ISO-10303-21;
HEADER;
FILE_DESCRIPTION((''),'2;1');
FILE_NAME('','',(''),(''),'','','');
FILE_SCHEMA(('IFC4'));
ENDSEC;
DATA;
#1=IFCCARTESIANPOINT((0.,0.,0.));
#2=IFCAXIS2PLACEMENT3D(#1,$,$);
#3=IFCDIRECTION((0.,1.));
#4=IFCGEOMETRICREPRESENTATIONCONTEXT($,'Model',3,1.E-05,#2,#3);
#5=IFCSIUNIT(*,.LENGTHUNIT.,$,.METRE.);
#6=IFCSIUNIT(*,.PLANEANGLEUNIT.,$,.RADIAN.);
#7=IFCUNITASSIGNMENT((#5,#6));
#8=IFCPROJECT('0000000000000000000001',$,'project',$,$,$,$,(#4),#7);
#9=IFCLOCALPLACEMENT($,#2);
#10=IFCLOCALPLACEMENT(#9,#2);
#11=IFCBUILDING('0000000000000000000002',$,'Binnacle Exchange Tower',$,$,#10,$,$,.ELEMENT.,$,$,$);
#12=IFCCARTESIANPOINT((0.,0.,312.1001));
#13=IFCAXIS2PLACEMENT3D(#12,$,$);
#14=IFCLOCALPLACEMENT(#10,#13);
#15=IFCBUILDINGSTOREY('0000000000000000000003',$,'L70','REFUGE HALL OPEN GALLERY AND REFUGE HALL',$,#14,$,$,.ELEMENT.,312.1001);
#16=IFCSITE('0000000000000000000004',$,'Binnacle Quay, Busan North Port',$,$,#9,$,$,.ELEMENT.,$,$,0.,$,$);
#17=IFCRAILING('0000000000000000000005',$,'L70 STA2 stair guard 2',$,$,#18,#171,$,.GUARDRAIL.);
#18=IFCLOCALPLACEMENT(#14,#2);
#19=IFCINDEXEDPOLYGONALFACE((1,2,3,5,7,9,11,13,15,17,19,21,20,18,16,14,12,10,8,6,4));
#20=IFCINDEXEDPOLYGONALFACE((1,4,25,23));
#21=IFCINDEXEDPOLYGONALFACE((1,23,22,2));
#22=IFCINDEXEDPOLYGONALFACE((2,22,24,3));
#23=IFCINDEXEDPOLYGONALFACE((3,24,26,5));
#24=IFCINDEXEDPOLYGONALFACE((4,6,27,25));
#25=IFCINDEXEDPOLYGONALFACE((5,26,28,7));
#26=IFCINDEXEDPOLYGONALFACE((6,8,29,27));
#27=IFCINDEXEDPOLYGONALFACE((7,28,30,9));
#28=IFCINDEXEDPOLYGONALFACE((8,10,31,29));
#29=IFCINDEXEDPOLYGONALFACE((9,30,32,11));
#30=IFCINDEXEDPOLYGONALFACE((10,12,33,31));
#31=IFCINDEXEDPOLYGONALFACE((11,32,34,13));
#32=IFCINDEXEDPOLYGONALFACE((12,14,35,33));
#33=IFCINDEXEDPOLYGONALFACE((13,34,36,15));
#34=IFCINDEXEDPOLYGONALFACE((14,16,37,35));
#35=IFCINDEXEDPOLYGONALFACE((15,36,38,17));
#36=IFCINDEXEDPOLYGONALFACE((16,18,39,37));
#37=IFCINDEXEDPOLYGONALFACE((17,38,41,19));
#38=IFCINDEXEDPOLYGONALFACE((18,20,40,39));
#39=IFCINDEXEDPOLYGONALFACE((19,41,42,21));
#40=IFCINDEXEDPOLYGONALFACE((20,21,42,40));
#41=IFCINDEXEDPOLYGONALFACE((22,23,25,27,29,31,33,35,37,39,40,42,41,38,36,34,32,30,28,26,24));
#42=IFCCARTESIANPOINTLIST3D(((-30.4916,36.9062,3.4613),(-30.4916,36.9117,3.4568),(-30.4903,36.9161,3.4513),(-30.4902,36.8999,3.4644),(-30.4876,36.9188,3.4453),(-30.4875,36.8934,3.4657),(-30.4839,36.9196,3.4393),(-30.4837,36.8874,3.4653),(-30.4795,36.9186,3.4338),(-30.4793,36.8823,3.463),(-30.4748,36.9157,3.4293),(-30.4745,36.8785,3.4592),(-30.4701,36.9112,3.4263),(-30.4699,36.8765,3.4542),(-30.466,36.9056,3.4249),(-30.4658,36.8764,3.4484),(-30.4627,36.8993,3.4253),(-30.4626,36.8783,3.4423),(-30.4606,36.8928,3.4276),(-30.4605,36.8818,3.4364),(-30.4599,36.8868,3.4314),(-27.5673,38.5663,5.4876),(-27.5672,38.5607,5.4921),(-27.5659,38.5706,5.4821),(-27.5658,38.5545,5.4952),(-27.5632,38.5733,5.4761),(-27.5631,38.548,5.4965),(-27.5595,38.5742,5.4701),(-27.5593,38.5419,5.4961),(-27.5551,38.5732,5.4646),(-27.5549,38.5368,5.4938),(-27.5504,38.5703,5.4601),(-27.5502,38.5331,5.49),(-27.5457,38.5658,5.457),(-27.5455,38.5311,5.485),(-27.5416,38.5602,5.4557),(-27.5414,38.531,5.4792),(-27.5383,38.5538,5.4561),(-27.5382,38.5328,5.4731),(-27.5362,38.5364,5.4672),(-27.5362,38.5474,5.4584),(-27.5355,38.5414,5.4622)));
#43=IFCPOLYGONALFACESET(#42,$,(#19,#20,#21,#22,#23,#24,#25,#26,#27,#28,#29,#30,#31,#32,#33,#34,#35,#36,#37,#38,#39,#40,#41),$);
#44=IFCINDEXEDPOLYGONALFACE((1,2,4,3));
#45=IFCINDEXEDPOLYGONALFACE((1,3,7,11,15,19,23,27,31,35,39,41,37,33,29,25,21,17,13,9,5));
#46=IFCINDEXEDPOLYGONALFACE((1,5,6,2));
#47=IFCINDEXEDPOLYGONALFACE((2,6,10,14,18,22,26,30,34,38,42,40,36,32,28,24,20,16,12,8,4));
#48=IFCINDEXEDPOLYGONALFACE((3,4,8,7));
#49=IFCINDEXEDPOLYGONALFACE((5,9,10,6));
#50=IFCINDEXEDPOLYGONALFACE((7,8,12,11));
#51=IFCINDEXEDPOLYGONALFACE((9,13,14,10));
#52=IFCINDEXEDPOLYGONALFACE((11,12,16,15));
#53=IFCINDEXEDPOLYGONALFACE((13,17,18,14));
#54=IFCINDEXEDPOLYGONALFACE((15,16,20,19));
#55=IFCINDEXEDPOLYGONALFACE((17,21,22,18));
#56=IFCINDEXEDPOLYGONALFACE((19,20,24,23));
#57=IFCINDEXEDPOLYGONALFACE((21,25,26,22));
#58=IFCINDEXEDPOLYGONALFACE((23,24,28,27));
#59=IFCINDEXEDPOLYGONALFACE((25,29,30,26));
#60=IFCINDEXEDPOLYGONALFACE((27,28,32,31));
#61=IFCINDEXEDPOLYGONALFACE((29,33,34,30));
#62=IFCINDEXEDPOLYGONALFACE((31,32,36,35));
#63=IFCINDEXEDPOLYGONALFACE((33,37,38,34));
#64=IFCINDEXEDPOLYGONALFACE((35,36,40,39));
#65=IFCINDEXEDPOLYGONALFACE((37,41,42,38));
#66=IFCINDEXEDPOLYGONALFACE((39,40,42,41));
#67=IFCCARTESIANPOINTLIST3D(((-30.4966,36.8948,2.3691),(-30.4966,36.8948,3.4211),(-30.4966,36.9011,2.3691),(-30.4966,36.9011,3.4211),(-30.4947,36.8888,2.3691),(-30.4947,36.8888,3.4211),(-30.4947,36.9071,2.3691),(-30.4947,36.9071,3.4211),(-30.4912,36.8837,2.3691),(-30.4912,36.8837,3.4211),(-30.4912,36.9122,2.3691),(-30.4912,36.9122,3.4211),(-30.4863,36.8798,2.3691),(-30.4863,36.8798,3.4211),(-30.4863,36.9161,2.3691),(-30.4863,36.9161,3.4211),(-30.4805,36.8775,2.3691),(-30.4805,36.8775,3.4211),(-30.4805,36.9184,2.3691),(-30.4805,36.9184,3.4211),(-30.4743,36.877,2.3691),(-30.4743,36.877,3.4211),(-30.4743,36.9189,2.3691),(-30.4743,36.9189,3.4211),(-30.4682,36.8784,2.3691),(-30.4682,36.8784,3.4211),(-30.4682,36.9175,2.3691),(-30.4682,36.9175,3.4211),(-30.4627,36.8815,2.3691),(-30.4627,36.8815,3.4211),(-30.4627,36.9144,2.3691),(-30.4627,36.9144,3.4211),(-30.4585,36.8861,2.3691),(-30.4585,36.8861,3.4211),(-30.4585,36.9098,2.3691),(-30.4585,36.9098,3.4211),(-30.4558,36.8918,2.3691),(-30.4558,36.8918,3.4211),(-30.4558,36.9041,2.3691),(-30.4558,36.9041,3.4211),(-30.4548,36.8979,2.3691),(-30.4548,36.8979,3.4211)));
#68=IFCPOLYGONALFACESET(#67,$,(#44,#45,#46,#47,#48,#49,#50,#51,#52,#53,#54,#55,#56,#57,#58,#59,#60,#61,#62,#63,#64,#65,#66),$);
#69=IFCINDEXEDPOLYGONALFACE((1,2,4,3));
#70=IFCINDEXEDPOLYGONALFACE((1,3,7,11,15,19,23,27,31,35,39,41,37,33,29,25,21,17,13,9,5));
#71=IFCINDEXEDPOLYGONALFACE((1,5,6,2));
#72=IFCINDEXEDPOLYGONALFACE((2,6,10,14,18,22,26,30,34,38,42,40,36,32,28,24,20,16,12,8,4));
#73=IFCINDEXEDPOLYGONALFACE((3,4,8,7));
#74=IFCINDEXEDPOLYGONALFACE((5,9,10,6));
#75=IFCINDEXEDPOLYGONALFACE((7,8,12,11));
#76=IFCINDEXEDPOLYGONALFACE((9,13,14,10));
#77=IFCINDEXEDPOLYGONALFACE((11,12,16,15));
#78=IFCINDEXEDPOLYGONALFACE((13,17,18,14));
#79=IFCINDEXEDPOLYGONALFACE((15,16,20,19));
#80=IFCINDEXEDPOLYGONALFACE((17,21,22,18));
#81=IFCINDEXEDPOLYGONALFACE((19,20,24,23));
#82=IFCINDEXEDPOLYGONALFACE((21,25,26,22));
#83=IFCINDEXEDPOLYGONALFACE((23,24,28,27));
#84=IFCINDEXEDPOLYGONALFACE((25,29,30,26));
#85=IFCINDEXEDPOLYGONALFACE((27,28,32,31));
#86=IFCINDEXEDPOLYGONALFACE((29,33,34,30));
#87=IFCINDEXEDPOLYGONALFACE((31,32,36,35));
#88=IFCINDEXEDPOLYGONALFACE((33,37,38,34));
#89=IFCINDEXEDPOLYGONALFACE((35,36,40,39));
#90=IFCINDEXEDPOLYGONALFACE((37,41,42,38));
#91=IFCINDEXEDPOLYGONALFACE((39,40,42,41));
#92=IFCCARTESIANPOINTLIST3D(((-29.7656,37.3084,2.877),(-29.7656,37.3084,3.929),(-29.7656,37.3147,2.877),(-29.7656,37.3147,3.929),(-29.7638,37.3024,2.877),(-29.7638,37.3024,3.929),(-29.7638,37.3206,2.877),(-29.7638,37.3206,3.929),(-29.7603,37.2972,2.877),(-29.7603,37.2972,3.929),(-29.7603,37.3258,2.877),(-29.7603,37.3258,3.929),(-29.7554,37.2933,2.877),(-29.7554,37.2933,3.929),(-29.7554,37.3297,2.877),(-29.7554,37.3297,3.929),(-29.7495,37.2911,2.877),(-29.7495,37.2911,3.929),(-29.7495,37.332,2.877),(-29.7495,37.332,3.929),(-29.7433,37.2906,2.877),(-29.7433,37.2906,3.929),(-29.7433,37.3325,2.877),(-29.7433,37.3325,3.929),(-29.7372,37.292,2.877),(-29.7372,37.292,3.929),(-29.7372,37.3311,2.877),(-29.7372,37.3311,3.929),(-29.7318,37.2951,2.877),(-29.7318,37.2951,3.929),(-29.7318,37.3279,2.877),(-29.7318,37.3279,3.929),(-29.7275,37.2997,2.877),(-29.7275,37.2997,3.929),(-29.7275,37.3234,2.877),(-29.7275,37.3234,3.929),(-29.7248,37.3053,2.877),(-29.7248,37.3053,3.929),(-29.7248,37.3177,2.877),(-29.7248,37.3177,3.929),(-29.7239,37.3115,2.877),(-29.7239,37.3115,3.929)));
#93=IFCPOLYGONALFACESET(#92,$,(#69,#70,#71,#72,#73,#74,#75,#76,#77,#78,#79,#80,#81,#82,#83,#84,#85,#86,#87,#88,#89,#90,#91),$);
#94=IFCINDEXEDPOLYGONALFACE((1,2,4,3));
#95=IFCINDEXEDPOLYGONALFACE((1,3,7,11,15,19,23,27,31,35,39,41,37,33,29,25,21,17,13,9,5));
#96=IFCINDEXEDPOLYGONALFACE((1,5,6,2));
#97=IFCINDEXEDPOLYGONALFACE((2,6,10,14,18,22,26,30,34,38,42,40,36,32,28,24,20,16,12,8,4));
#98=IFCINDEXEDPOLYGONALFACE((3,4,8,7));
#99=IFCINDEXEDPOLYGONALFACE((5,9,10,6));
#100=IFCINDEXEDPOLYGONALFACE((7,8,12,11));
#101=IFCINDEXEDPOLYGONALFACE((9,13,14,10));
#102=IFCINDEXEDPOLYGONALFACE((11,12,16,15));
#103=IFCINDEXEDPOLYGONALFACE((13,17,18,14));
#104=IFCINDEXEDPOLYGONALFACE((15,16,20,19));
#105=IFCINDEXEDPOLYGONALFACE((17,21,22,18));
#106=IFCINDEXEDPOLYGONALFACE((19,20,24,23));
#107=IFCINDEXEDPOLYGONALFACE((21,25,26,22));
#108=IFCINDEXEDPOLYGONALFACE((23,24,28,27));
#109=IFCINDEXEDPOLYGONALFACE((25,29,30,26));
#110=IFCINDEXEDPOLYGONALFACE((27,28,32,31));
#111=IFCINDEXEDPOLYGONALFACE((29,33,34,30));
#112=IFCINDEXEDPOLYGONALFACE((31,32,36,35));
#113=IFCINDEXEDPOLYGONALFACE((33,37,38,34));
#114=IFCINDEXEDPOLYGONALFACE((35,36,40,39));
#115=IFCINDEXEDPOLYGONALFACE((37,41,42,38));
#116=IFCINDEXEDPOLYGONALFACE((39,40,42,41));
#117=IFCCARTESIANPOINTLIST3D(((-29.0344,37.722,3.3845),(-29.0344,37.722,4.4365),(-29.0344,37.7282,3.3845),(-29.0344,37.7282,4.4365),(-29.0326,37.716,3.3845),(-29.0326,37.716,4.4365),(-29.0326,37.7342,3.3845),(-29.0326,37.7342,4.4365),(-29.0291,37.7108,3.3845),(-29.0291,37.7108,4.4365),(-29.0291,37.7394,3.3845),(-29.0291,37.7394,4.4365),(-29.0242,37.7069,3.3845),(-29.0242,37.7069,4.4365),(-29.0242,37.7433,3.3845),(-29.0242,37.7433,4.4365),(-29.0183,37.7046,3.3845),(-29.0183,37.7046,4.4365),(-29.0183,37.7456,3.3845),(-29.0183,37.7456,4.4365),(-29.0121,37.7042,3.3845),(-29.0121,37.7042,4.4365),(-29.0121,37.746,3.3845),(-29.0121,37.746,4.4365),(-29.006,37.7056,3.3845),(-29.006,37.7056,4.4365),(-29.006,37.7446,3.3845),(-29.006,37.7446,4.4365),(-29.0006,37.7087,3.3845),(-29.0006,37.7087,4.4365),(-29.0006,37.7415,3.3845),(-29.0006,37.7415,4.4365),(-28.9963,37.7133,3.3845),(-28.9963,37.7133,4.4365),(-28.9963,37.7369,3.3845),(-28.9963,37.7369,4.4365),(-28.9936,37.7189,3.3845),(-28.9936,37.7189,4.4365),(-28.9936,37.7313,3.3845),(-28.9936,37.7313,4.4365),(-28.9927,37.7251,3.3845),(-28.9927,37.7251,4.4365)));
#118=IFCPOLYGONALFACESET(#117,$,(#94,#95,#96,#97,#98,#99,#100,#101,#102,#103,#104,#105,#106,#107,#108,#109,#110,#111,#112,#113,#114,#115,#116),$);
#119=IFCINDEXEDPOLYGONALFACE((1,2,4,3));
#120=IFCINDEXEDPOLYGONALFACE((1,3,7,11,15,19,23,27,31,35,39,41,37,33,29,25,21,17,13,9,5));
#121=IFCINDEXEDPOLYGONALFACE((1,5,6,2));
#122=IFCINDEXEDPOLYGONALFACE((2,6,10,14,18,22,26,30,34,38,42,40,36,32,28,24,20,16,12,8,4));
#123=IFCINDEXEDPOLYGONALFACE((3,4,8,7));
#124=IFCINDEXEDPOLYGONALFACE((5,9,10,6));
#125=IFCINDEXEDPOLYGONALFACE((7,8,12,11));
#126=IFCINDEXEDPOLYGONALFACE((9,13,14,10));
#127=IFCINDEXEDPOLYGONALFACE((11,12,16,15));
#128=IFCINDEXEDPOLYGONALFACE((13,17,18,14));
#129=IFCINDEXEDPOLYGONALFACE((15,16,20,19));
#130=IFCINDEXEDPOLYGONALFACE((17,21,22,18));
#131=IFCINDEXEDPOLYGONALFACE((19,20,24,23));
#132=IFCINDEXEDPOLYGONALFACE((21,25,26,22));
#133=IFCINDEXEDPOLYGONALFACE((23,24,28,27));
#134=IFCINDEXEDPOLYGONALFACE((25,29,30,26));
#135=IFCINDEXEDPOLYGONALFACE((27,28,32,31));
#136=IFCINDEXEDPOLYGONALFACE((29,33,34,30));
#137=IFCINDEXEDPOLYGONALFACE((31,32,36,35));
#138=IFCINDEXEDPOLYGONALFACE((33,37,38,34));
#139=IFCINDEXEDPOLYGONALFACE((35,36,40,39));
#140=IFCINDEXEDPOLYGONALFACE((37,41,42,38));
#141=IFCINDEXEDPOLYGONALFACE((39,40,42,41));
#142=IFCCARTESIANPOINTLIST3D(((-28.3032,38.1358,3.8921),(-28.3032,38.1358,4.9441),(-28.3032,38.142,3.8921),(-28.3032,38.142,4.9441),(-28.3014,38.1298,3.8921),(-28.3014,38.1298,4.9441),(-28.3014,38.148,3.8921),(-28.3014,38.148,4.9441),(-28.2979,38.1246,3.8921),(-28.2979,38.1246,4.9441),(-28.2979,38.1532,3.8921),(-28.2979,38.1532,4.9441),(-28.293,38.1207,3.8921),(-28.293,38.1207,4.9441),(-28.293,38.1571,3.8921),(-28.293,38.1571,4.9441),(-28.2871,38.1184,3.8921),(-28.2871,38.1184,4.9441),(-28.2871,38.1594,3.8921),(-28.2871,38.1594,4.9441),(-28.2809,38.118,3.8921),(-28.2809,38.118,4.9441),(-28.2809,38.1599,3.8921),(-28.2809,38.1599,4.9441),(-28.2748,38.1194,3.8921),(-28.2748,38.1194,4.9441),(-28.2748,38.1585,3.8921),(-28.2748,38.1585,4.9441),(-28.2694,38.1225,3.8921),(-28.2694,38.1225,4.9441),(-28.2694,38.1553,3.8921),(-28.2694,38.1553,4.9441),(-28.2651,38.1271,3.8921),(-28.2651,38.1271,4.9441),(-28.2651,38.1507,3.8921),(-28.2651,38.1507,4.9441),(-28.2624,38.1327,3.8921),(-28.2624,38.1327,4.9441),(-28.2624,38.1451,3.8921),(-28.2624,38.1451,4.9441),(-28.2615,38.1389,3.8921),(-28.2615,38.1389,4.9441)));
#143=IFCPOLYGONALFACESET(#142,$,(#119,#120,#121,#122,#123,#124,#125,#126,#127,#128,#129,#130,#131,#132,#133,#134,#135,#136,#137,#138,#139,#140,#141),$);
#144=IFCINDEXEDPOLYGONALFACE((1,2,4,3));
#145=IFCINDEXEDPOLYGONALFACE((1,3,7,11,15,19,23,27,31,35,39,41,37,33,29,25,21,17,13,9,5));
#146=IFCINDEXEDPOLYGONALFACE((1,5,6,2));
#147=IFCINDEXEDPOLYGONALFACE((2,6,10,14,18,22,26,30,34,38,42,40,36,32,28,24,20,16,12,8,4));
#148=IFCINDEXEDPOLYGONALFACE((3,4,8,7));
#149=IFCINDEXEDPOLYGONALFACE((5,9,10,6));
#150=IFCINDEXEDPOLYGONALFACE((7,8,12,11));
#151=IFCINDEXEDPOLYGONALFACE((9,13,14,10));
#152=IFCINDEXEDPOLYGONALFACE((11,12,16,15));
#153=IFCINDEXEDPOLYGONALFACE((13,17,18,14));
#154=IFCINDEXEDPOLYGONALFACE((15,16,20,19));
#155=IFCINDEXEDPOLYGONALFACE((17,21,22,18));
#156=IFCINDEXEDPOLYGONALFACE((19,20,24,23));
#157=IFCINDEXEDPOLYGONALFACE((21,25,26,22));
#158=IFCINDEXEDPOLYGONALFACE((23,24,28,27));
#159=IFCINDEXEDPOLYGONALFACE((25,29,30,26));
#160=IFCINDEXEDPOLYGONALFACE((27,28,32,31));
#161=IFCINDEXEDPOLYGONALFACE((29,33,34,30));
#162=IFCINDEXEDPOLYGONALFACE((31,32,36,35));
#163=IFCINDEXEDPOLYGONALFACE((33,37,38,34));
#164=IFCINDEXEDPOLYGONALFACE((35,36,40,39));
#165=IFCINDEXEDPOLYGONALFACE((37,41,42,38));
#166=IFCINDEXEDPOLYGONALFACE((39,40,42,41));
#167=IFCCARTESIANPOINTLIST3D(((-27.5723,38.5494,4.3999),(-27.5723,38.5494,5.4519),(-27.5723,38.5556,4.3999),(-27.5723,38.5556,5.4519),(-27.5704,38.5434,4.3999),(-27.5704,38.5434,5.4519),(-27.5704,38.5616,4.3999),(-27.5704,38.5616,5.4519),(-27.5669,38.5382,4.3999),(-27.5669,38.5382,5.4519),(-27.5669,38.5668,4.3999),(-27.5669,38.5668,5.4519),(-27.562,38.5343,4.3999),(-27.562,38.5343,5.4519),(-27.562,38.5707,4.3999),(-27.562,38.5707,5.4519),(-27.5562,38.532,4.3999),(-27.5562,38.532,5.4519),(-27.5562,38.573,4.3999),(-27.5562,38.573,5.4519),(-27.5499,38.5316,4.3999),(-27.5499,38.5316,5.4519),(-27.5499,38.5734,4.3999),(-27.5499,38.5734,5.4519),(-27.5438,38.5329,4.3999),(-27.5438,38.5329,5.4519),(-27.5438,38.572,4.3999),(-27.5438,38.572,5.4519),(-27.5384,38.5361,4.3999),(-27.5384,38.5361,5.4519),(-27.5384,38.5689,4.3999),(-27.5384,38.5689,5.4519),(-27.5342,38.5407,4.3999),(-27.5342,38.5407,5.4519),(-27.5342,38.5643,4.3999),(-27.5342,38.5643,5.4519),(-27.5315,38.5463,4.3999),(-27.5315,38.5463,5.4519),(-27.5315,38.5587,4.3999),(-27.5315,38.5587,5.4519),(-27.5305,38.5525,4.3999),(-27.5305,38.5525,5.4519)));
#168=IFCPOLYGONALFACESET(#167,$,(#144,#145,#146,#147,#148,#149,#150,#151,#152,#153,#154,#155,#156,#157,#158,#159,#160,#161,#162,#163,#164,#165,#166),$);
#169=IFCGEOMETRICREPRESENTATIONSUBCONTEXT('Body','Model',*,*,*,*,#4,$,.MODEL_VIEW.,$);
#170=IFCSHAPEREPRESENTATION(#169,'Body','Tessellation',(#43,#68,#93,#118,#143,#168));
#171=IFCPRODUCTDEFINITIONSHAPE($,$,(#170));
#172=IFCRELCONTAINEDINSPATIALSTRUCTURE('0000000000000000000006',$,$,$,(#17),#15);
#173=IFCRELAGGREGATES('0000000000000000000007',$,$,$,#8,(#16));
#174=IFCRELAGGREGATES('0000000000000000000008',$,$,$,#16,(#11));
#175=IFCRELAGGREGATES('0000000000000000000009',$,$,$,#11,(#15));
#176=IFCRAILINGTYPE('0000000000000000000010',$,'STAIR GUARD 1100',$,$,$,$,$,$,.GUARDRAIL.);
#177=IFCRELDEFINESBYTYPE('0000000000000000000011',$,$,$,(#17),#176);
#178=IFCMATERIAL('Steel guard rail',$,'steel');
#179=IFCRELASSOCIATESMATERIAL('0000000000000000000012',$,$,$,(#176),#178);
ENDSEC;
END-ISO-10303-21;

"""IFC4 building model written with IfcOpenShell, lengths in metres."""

from ifc_helpers import new_model, si_unit, direction, frame, origin, origin_2d, place, context, subcontext, project, spatial, circle, extrude, material, type_object, element, save


model = new_model("IFC4")

# Units and contexts
model_context = context("Model", 3, precision=1e-05, world=origin(), true_north=direction((0.0, 1.0)))
body_context = subcontext(model_context, "Body", "Model", "MODEL_VIEW")
ifc_project = project(units=[si_unit("LENGTHUNIT", "METRE"), si_unit("PLANEANGLEUNIT", "RADIAN")], contexts=[model_context])

# Site, building, storey
site_placement = place(None, origin())
site = spatial("IfcSite", under=ifc_project, at=site_placement, Name="Binnacle Quay, Busan North Port", CompositionType="ELEMENT", RefElevation=0.0)
building_placement = place(site_placement, origin())
building = spatial("IfcBuilding", under=site, at=building_placement, Name="Binnacle Exchange Tower", CompositionType="ELEMENT")
storey_placement = place(building_placement, frame((0.0, 0.0, 312.1001)))
storey = spatial("IfcBuildingStorey", under=building, at=storey_placement, Name="L70", Description="REFUGE HALL OPEN GALLERY AND REFUGE HALL", CompositionType="ELEMENT", Elevation=312.1001)

# Railing
ifc_material_1 = material(Name="Steel guard rail", Category="steel")
railing_type_1 = type_object("IfcRailingType", Name="STAIR GUARD 1100", PredefinedType="GUARDRAIL", material=ifc_material_1)
railing_1_placement = place(storey_placement, frame((-30.4758, 36.8979, 2.3691)))
element("IfcRailing", 1, at=railing_1_placement, inside=storey, type_object=railing_type_1, Name="L70 STA2 stair guard 2", PredefinedType="GUARDRAIL", context=body_context, shape_type="SweptSolid", body=[
    extrude(circle(Radius=0.0239, at=origin_2d()), frame((0.0, 0.0, 1.0762), z_axis=(0.744867, 0.421437, 0.517266), x_axis=(-0.492433, 0.87035, 0.0)), (0.0, 0.0, 1.0), 3.926),
    extrude(circle(Radius=0.021, at=origin_2d()), origin(), (0.0, 0.0, 1.0), 1.052),
    extrude(circle(Radius=0.021, at=origin_2d()), frame((0.731, 0.4136, 0.5078)), (0.0, 0.0, 1.0), 1.052),
    extrude(circle(Radius=0.021, at=origin_2d()), frame((1.4622, 0.8271, 1.0154)), (0.0, 0.0, 1.0), 1.052),
    extrude(circle(Radius=0.021, at=origin_2d()), frame((2.1934, 1.241, 1.5229)), (0.0, 0.0, 1.0), 1.052),
    extrude(circle(Radius=0.021, at=origin_2d()), frame((2.9243, 1.6545, 2.0308)), (0.0, 0.0, 1.0), 1.052),
])

save(model, "model.ifc")
